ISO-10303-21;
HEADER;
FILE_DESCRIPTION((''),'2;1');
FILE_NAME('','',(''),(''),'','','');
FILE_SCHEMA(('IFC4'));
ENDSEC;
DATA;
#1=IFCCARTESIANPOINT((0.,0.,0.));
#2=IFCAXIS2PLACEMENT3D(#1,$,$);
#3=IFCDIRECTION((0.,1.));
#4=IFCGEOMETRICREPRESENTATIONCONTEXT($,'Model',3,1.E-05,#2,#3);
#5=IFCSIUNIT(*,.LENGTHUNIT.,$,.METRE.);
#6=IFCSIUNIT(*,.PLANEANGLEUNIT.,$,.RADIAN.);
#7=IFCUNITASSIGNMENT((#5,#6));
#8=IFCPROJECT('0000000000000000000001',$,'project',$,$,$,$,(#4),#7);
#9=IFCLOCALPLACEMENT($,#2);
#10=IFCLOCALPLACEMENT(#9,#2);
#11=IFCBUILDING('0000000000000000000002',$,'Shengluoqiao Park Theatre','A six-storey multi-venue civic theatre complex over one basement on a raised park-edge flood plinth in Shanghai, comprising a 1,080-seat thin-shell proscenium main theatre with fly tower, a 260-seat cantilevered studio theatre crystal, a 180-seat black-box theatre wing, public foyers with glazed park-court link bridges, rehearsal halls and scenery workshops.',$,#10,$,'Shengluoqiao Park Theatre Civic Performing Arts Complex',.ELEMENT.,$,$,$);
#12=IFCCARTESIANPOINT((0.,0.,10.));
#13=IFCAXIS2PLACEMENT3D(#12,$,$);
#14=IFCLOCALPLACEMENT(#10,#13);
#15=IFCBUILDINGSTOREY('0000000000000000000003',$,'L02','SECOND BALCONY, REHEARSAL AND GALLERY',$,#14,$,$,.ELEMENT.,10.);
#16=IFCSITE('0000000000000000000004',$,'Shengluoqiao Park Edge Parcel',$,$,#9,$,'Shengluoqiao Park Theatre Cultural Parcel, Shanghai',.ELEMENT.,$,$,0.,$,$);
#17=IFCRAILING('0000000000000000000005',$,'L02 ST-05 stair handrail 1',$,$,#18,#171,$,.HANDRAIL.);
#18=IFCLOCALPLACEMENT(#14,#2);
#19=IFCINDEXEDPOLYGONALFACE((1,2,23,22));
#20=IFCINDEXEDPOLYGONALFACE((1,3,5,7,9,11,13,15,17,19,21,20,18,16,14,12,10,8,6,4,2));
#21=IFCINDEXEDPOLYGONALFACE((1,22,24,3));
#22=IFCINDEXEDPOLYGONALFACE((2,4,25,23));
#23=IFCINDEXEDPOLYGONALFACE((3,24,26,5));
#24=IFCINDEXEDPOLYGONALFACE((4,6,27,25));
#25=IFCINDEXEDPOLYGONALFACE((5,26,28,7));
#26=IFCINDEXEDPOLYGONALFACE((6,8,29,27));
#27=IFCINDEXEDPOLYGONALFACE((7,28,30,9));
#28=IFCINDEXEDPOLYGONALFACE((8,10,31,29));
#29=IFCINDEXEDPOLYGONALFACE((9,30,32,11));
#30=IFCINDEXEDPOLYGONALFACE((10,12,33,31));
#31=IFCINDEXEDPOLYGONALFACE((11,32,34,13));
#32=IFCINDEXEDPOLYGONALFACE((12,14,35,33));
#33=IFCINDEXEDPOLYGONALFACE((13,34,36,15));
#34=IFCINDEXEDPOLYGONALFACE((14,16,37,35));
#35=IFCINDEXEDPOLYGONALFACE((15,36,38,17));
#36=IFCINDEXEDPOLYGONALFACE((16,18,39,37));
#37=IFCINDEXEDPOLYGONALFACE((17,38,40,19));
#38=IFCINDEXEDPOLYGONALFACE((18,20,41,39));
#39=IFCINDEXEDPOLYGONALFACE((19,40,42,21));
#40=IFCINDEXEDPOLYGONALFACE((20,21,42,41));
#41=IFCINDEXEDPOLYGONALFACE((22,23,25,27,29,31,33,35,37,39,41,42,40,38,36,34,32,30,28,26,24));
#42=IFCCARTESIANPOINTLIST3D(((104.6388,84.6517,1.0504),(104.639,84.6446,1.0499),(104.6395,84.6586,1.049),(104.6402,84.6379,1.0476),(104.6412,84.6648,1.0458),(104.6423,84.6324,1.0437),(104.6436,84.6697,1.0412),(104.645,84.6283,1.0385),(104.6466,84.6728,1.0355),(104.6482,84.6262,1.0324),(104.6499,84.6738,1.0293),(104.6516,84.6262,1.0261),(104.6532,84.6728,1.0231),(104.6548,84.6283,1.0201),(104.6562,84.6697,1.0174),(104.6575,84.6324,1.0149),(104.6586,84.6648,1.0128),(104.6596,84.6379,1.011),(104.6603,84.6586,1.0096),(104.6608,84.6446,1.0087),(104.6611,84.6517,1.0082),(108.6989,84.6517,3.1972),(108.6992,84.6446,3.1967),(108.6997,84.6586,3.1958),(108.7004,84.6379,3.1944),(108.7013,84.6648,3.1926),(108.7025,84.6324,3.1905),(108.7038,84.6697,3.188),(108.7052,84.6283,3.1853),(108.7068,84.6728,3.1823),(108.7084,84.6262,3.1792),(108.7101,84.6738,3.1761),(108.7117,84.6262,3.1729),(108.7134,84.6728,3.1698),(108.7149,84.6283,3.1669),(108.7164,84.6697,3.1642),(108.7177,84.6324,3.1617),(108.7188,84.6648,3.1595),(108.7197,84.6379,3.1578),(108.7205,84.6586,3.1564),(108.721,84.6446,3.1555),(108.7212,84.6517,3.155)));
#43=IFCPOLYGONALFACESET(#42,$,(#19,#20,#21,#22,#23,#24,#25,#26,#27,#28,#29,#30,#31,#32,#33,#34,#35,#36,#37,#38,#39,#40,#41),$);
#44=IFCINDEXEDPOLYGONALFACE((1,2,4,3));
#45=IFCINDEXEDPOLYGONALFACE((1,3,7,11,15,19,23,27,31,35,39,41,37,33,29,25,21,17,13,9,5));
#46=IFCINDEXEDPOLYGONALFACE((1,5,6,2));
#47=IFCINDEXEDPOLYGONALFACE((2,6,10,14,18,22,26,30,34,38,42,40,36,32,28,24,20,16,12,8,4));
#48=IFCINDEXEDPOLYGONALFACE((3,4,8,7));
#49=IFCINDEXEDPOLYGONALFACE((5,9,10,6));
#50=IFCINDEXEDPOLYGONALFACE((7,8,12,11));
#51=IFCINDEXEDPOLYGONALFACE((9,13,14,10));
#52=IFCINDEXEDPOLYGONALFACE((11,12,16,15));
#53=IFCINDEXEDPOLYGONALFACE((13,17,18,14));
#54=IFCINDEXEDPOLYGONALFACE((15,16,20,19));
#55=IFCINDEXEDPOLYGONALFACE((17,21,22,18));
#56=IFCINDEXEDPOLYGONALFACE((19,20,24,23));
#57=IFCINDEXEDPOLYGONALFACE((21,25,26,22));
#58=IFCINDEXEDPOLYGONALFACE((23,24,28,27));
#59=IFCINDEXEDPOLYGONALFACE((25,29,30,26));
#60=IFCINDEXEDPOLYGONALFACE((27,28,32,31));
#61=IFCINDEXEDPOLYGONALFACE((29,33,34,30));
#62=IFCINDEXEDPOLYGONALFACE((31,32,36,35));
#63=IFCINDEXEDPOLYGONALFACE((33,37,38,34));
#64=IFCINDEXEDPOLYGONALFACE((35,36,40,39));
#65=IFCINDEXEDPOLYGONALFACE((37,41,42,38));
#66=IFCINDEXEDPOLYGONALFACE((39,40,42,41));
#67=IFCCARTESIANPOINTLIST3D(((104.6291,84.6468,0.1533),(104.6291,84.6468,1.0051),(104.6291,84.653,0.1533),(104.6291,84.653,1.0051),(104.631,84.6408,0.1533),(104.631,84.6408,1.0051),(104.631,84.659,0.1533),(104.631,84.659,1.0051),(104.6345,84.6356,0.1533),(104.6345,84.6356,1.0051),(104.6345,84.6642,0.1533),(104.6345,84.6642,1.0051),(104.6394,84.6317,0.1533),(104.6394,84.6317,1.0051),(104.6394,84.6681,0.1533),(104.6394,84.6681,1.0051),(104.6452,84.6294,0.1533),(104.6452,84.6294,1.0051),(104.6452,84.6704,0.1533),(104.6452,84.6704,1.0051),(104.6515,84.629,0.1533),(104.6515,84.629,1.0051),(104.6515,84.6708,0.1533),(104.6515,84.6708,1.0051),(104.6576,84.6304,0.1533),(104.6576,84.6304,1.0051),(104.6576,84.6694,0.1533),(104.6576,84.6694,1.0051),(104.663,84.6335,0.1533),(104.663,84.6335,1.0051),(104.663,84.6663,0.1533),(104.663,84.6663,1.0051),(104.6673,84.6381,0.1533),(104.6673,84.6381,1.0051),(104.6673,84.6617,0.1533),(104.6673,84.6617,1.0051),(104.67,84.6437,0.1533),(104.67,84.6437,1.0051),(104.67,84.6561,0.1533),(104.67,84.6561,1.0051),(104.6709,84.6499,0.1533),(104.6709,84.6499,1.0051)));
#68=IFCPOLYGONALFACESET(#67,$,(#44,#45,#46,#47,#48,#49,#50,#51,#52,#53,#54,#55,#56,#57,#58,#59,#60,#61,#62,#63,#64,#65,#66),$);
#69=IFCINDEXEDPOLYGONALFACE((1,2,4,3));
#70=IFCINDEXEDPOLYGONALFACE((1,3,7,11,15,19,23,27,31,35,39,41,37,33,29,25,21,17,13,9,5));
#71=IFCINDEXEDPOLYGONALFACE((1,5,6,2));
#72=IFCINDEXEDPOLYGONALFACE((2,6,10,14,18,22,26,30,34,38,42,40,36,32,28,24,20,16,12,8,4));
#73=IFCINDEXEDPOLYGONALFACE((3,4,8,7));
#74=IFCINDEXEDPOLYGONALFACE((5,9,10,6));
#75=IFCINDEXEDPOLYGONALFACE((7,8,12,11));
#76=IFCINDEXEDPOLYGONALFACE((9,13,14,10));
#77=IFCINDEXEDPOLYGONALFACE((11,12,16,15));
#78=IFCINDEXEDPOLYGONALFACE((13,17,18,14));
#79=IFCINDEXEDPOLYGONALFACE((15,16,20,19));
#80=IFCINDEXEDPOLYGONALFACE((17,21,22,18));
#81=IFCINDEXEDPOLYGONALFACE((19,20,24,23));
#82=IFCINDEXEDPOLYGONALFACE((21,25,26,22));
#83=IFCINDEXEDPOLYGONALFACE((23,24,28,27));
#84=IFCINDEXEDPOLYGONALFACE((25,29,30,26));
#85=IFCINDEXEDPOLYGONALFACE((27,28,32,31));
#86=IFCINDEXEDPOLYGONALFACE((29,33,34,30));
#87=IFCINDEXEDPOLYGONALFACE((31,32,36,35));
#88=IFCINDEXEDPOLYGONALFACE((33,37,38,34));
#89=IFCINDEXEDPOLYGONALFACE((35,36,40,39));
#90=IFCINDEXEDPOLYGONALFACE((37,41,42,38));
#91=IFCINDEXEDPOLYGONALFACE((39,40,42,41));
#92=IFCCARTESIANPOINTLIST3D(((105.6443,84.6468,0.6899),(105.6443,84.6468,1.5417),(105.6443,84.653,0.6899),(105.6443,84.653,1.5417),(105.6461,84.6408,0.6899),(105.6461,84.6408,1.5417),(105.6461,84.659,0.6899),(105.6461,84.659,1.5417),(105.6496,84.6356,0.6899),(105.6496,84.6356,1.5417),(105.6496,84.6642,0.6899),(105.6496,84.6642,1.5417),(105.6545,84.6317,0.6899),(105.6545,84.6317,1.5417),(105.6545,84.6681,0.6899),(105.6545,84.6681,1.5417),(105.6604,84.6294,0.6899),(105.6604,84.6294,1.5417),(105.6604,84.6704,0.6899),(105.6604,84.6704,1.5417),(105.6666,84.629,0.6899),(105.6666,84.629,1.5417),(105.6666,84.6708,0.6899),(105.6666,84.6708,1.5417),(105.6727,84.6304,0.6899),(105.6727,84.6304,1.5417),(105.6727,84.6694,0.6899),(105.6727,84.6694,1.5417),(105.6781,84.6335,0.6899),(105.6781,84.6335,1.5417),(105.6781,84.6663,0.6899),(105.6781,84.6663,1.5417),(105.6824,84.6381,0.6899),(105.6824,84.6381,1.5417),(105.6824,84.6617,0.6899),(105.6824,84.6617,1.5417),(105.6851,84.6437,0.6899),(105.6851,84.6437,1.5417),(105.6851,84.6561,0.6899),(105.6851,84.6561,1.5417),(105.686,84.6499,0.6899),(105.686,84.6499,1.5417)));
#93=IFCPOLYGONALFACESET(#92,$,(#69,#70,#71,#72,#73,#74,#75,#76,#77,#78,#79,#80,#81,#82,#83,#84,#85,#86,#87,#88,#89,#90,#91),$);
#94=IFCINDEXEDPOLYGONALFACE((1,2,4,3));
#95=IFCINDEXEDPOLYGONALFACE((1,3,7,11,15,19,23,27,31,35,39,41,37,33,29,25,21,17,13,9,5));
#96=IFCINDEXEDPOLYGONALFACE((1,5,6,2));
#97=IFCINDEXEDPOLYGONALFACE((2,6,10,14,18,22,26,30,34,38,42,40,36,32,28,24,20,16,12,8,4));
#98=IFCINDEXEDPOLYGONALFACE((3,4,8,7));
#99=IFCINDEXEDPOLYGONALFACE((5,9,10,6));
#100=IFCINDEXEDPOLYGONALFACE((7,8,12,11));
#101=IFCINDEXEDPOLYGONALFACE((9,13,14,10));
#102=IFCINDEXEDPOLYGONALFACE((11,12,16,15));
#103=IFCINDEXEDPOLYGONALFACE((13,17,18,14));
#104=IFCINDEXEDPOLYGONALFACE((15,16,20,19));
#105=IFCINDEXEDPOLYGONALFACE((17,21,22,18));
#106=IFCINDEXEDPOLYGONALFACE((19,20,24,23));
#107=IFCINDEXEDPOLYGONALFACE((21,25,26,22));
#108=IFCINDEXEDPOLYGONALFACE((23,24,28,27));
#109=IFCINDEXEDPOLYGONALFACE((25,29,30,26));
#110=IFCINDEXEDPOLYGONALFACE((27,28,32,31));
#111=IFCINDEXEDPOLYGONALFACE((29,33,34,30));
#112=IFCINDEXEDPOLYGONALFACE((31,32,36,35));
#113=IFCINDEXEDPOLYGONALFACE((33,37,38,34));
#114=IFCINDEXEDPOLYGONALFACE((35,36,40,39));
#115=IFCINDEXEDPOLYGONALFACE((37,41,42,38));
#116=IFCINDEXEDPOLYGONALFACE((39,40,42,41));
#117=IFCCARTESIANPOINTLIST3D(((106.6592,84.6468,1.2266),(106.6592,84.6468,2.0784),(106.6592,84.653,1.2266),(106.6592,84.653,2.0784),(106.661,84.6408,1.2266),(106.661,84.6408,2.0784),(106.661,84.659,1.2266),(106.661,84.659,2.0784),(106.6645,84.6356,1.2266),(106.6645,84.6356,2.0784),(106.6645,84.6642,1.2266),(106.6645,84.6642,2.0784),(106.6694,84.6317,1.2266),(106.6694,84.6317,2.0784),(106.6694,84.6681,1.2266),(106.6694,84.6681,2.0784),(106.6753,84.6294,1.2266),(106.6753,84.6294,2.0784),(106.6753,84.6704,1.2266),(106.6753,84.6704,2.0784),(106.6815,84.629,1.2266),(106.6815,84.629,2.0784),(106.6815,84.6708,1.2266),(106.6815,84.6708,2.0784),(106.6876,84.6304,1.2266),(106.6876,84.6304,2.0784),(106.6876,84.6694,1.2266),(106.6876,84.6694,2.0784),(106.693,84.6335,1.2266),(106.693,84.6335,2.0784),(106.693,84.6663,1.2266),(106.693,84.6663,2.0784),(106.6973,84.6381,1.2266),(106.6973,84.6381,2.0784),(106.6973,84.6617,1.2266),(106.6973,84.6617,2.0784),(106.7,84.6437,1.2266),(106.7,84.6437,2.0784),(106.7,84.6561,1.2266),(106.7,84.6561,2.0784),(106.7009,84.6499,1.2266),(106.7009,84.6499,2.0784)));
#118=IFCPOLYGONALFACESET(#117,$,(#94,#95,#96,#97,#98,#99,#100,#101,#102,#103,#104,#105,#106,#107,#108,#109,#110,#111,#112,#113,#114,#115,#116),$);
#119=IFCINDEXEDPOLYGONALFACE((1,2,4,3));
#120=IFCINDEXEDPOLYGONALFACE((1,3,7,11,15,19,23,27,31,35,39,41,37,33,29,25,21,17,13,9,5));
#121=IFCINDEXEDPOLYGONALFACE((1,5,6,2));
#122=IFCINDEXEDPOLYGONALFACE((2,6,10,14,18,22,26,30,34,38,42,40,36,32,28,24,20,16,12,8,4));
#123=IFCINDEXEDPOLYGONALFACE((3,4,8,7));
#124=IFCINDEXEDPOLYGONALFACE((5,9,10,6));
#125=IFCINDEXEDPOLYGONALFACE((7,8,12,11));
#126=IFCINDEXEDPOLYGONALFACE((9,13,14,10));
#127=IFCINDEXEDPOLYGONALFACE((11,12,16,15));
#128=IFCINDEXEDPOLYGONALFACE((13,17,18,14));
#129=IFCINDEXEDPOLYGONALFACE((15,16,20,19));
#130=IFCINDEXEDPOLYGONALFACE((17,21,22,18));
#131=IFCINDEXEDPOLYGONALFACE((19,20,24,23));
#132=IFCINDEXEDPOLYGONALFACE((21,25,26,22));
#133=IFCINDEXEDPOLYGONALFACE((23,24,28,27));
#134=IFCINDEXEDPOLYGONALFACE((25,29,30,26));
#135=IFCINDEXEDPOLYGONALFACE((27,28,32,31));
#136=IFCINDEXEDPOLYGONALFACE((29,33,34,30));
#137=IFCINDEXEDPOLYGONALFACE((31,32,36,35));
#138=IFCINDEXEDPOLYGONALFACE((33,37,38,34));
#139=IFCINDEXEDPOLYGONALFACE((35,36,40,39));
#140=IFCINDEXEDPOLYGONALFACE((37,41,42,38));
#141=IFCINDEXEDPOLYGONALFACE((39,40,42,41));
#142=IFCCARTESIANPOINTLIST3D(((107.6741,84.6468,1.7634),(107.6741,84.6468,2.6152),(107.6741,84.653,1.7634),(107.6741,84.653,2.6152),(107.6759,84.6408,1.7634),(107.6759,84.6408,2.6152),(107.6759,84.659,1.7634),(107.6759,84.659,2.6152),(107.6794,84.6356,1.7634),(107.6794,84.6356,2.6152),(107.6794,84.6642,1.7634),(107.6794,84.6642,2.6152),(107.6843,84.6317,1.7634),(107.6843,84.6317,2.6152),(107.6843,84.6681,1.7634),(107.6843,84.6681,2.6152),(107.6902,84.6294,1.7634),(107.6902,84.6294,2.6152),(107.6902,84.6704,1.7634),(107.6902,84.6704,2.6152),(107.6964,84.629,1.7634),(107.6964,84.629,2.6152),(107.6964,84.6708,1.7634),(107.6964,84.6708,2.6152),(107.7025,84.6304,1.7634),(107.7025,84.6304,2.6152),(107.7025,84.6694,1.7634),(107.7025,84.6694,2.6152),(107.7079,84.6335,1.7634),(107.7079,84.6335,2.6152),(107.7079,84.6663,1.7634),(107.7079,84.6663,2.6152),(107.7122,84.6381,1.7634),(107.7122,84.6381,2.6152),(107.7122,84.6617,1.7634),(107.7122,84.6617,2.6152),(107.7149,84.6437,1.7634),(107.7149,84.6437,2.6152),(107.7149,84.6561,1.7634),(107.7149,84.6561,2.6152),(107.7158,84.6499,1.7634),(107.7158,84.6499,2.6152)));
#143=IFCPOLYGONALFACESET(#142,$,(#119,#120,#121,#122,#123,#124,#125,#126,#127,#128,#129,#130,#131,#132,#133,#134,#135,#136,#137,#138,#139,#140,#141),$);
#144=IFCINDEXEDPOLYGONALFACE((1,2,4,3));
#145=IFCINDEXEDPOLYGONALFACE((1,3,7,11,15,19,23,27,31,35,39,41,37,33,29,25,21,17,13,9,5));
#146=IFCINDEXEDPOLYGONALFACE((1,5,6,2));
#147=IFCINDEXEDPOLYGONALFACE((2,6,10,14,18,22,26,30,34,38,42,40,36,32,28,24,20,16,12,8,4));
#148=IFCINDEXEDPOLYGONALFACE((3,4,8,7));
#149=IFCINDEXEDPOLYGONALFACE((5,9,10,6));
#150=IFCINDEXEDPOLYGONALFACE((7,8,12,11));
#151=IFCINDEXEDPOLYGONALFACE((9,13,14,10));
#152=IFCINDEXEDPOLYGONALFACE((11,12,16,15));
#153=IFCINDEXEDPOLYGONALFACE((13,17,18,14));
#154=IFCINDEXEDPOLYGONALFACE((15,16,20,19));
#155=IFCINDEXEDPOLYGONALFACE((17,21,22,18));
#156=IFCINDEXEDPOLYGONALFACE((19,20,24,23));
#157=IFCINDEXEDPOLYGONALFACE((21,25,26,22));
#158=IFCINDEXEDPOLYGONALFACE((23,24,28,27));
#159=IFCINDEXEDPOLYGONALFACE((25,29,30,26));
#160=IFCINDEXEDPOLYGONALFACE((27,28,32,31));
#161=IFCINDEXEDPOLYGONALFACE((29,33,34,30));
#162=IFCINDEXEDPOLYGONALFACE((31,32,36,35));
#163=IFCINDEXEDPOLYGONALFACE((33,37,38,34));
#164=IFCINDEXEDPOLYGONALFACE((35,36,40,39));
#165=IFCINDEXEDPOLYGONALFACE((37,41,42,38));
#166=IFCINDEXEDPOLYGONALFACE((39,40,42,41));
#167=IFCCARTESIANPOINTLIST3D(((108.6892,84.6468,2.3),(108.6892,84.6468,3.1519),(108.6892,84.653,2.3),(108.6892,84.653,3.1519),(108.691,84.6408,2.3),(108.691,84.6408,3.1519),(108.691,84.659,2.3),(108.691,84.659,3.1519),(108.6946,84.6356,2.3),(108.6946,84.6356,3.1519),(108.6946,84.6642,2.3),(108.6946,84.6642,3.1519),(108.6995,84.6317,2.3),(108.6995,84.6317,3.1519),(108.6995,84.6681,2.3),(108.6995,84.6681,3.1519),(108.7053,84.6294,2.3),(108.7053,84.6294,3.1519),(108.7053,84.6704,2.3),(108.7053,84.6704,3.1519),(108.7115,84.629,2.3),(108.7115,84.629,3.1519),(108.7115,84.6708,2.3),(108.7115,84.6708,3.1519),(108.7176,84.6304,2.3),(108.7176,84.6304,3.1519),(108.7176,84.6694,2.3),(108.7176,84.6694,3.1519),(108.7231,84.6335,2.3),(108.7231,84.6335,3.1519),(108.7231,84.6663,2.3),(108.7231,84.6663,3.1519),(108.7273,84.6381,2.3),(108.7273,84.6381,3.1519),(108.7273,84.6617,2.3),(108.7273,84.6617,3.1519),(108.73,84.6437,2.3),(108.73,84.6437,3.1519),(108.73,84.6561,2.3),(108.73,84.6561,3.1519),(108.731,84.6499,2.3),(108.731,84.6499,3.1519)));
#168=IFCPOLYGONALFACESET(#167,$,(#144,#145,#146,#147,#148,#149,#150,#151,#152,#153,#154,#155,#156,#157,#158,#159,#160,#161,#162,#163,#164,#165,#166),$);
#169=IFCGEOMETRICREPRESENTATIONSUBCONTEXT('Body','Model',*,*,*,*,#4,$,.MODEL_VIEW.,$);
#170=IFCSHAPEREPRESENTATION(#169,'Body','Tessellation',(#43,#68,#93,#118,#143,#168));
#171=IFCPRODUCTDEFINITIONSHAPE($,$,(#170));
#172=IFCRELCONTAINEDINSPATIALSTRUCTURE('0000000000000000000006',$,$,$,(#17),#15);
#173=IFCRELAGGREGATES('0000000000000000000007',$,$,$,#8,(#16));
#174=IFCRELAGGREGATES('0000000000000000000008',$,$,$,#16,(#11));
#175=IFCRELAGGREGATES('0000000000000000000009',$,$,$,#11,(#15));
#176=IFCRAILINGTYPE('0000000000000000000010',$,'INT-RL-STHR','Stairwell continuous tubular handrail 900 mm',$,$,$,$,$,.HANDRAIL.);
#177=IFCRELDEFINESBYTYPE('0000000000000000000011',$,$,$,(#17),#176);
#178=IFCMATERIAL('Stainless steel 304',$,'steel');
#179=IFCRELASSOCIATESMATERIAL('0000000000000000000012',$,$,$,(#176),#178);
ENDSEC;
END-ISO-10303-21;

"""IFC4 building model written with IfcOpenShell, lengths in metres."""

from ifc_helpers import new_model, si_unit, direction, frame, origin, origin_2d, place, context, subcontext, project, spatial, circle, extrude, material, type_object, element, save


model = new_model("IFC4")

# Units and contexts
model_context = context("Model", 3, precision=1e-05, world=origin(), true_north=direction((0.0, 1.0)))
body_context = subcontext(model_context, "Body", "Model", "MODEL_VIEW")
ifc_project = project(units=[si_unit("LENGTHUNIT", "METRE"), si_unit("PLANEANGLEUNIT", "RADIAN")], contexts=[model_context])

# Site, building, storey
site_placement = place(None, origin())
site = spatial("IfcSite", under=ifc_project, at=site_placement, Name="Shengluoqiao Park Edge Parcel", LongName="Shengluoqiao Park Theatre Cultural Parcel, Shanghai", CompositionType="ELEMENT", RefElevation=0.0)
building_placement = place(site_placement, origin())
building = spatial("IfcBuilding", under=site, at=building_placement, Name="Shengluoqiao Park Theatre", Description="A six-storey multi-venue civic theatre complex over one basement on a raised park-edge flood plinth in Shanghai, comprising a 1,080-seat thin-shell proscenium main theatre with fly tower, a 260-seat cantilevered studio theatre crystal, a 180-seat black-box theatre wing, public foyers with glazed park-court link bridges, rehearsal halls and scenery workshops.", LongName="Shengluoqiao Park Theatre Civic Performing Arts Complex", CompositionType="ELEMENT")
storey_placement = place(building_placement, frame((0.0, 0.0, 10.0)))
storey = spatial("IfcBuildingStorey", under=building, at=storey_placement, Name="L02", Description="SECOND BALCONY, REHEARSAL AND GALLERY", CompositionType="ELEMENT", Elevation=10.0)

# Railing
ifc_material_1 = material(Name="Stainless steel 304", Category="steel")
railing_type_1 = type_object("IfcRailingType", Name="INT-RL-STHR", Description="Stairwell continuous tubular handrail 900 mm", PredefinedType="HANDRAIL", material=ifc_material_1)
railing_1_placement = place(storey_placement, frame((104.6499, 84.6499, 0.1533)))
element("IfcRailing", 1, at=railing_1_placement, inside=storey, type_object=railing_type_1, Name="L02 ST-05 stair handrail 1", PredefinedType="HANDRAIL", context=body_context, shape_type="SweptSolid", body=[
    extrude(circle(Radius=0.0239, at=origin_2d()), frame((0.0, 0.0, 0.876), z_axis=(0.884032, 0.0, 0.467426), x_axis=(0.0, 1.0, 0.0)), (0.0, 0.0, 1.0), 4.5928),
    extrude(circle(Radius=0.021, at=origin_2d()), origin(), (0.0, 0.0, 1.0), 0.8518),
    extrude(circle(Radius=0.021, at=origin_2d()), frame((1.0151, 0.0, 0.5366)), (0.0, 0.0, 1.0), 0.8518),
    extrude(circle(Radius=0.021, at=origin_2d()), frame((2.03, 0.0, 1.0732)), (0.0, 0.0, 1.0), 0.8518),
    extrude(circle(Radius=0.021, at=origin_2d()), frame((3.0449, 0.0, 1.6101)), (0.0, 0.0, 1.0), 0.8518),
    extrude(circle(Radius=0.021, at=origin_2d()), frame((4.0601, 0.0, 2.1467)), (0.0, 0.0, 1.0), 0.8518),
])

save(model, "model.ifc")
